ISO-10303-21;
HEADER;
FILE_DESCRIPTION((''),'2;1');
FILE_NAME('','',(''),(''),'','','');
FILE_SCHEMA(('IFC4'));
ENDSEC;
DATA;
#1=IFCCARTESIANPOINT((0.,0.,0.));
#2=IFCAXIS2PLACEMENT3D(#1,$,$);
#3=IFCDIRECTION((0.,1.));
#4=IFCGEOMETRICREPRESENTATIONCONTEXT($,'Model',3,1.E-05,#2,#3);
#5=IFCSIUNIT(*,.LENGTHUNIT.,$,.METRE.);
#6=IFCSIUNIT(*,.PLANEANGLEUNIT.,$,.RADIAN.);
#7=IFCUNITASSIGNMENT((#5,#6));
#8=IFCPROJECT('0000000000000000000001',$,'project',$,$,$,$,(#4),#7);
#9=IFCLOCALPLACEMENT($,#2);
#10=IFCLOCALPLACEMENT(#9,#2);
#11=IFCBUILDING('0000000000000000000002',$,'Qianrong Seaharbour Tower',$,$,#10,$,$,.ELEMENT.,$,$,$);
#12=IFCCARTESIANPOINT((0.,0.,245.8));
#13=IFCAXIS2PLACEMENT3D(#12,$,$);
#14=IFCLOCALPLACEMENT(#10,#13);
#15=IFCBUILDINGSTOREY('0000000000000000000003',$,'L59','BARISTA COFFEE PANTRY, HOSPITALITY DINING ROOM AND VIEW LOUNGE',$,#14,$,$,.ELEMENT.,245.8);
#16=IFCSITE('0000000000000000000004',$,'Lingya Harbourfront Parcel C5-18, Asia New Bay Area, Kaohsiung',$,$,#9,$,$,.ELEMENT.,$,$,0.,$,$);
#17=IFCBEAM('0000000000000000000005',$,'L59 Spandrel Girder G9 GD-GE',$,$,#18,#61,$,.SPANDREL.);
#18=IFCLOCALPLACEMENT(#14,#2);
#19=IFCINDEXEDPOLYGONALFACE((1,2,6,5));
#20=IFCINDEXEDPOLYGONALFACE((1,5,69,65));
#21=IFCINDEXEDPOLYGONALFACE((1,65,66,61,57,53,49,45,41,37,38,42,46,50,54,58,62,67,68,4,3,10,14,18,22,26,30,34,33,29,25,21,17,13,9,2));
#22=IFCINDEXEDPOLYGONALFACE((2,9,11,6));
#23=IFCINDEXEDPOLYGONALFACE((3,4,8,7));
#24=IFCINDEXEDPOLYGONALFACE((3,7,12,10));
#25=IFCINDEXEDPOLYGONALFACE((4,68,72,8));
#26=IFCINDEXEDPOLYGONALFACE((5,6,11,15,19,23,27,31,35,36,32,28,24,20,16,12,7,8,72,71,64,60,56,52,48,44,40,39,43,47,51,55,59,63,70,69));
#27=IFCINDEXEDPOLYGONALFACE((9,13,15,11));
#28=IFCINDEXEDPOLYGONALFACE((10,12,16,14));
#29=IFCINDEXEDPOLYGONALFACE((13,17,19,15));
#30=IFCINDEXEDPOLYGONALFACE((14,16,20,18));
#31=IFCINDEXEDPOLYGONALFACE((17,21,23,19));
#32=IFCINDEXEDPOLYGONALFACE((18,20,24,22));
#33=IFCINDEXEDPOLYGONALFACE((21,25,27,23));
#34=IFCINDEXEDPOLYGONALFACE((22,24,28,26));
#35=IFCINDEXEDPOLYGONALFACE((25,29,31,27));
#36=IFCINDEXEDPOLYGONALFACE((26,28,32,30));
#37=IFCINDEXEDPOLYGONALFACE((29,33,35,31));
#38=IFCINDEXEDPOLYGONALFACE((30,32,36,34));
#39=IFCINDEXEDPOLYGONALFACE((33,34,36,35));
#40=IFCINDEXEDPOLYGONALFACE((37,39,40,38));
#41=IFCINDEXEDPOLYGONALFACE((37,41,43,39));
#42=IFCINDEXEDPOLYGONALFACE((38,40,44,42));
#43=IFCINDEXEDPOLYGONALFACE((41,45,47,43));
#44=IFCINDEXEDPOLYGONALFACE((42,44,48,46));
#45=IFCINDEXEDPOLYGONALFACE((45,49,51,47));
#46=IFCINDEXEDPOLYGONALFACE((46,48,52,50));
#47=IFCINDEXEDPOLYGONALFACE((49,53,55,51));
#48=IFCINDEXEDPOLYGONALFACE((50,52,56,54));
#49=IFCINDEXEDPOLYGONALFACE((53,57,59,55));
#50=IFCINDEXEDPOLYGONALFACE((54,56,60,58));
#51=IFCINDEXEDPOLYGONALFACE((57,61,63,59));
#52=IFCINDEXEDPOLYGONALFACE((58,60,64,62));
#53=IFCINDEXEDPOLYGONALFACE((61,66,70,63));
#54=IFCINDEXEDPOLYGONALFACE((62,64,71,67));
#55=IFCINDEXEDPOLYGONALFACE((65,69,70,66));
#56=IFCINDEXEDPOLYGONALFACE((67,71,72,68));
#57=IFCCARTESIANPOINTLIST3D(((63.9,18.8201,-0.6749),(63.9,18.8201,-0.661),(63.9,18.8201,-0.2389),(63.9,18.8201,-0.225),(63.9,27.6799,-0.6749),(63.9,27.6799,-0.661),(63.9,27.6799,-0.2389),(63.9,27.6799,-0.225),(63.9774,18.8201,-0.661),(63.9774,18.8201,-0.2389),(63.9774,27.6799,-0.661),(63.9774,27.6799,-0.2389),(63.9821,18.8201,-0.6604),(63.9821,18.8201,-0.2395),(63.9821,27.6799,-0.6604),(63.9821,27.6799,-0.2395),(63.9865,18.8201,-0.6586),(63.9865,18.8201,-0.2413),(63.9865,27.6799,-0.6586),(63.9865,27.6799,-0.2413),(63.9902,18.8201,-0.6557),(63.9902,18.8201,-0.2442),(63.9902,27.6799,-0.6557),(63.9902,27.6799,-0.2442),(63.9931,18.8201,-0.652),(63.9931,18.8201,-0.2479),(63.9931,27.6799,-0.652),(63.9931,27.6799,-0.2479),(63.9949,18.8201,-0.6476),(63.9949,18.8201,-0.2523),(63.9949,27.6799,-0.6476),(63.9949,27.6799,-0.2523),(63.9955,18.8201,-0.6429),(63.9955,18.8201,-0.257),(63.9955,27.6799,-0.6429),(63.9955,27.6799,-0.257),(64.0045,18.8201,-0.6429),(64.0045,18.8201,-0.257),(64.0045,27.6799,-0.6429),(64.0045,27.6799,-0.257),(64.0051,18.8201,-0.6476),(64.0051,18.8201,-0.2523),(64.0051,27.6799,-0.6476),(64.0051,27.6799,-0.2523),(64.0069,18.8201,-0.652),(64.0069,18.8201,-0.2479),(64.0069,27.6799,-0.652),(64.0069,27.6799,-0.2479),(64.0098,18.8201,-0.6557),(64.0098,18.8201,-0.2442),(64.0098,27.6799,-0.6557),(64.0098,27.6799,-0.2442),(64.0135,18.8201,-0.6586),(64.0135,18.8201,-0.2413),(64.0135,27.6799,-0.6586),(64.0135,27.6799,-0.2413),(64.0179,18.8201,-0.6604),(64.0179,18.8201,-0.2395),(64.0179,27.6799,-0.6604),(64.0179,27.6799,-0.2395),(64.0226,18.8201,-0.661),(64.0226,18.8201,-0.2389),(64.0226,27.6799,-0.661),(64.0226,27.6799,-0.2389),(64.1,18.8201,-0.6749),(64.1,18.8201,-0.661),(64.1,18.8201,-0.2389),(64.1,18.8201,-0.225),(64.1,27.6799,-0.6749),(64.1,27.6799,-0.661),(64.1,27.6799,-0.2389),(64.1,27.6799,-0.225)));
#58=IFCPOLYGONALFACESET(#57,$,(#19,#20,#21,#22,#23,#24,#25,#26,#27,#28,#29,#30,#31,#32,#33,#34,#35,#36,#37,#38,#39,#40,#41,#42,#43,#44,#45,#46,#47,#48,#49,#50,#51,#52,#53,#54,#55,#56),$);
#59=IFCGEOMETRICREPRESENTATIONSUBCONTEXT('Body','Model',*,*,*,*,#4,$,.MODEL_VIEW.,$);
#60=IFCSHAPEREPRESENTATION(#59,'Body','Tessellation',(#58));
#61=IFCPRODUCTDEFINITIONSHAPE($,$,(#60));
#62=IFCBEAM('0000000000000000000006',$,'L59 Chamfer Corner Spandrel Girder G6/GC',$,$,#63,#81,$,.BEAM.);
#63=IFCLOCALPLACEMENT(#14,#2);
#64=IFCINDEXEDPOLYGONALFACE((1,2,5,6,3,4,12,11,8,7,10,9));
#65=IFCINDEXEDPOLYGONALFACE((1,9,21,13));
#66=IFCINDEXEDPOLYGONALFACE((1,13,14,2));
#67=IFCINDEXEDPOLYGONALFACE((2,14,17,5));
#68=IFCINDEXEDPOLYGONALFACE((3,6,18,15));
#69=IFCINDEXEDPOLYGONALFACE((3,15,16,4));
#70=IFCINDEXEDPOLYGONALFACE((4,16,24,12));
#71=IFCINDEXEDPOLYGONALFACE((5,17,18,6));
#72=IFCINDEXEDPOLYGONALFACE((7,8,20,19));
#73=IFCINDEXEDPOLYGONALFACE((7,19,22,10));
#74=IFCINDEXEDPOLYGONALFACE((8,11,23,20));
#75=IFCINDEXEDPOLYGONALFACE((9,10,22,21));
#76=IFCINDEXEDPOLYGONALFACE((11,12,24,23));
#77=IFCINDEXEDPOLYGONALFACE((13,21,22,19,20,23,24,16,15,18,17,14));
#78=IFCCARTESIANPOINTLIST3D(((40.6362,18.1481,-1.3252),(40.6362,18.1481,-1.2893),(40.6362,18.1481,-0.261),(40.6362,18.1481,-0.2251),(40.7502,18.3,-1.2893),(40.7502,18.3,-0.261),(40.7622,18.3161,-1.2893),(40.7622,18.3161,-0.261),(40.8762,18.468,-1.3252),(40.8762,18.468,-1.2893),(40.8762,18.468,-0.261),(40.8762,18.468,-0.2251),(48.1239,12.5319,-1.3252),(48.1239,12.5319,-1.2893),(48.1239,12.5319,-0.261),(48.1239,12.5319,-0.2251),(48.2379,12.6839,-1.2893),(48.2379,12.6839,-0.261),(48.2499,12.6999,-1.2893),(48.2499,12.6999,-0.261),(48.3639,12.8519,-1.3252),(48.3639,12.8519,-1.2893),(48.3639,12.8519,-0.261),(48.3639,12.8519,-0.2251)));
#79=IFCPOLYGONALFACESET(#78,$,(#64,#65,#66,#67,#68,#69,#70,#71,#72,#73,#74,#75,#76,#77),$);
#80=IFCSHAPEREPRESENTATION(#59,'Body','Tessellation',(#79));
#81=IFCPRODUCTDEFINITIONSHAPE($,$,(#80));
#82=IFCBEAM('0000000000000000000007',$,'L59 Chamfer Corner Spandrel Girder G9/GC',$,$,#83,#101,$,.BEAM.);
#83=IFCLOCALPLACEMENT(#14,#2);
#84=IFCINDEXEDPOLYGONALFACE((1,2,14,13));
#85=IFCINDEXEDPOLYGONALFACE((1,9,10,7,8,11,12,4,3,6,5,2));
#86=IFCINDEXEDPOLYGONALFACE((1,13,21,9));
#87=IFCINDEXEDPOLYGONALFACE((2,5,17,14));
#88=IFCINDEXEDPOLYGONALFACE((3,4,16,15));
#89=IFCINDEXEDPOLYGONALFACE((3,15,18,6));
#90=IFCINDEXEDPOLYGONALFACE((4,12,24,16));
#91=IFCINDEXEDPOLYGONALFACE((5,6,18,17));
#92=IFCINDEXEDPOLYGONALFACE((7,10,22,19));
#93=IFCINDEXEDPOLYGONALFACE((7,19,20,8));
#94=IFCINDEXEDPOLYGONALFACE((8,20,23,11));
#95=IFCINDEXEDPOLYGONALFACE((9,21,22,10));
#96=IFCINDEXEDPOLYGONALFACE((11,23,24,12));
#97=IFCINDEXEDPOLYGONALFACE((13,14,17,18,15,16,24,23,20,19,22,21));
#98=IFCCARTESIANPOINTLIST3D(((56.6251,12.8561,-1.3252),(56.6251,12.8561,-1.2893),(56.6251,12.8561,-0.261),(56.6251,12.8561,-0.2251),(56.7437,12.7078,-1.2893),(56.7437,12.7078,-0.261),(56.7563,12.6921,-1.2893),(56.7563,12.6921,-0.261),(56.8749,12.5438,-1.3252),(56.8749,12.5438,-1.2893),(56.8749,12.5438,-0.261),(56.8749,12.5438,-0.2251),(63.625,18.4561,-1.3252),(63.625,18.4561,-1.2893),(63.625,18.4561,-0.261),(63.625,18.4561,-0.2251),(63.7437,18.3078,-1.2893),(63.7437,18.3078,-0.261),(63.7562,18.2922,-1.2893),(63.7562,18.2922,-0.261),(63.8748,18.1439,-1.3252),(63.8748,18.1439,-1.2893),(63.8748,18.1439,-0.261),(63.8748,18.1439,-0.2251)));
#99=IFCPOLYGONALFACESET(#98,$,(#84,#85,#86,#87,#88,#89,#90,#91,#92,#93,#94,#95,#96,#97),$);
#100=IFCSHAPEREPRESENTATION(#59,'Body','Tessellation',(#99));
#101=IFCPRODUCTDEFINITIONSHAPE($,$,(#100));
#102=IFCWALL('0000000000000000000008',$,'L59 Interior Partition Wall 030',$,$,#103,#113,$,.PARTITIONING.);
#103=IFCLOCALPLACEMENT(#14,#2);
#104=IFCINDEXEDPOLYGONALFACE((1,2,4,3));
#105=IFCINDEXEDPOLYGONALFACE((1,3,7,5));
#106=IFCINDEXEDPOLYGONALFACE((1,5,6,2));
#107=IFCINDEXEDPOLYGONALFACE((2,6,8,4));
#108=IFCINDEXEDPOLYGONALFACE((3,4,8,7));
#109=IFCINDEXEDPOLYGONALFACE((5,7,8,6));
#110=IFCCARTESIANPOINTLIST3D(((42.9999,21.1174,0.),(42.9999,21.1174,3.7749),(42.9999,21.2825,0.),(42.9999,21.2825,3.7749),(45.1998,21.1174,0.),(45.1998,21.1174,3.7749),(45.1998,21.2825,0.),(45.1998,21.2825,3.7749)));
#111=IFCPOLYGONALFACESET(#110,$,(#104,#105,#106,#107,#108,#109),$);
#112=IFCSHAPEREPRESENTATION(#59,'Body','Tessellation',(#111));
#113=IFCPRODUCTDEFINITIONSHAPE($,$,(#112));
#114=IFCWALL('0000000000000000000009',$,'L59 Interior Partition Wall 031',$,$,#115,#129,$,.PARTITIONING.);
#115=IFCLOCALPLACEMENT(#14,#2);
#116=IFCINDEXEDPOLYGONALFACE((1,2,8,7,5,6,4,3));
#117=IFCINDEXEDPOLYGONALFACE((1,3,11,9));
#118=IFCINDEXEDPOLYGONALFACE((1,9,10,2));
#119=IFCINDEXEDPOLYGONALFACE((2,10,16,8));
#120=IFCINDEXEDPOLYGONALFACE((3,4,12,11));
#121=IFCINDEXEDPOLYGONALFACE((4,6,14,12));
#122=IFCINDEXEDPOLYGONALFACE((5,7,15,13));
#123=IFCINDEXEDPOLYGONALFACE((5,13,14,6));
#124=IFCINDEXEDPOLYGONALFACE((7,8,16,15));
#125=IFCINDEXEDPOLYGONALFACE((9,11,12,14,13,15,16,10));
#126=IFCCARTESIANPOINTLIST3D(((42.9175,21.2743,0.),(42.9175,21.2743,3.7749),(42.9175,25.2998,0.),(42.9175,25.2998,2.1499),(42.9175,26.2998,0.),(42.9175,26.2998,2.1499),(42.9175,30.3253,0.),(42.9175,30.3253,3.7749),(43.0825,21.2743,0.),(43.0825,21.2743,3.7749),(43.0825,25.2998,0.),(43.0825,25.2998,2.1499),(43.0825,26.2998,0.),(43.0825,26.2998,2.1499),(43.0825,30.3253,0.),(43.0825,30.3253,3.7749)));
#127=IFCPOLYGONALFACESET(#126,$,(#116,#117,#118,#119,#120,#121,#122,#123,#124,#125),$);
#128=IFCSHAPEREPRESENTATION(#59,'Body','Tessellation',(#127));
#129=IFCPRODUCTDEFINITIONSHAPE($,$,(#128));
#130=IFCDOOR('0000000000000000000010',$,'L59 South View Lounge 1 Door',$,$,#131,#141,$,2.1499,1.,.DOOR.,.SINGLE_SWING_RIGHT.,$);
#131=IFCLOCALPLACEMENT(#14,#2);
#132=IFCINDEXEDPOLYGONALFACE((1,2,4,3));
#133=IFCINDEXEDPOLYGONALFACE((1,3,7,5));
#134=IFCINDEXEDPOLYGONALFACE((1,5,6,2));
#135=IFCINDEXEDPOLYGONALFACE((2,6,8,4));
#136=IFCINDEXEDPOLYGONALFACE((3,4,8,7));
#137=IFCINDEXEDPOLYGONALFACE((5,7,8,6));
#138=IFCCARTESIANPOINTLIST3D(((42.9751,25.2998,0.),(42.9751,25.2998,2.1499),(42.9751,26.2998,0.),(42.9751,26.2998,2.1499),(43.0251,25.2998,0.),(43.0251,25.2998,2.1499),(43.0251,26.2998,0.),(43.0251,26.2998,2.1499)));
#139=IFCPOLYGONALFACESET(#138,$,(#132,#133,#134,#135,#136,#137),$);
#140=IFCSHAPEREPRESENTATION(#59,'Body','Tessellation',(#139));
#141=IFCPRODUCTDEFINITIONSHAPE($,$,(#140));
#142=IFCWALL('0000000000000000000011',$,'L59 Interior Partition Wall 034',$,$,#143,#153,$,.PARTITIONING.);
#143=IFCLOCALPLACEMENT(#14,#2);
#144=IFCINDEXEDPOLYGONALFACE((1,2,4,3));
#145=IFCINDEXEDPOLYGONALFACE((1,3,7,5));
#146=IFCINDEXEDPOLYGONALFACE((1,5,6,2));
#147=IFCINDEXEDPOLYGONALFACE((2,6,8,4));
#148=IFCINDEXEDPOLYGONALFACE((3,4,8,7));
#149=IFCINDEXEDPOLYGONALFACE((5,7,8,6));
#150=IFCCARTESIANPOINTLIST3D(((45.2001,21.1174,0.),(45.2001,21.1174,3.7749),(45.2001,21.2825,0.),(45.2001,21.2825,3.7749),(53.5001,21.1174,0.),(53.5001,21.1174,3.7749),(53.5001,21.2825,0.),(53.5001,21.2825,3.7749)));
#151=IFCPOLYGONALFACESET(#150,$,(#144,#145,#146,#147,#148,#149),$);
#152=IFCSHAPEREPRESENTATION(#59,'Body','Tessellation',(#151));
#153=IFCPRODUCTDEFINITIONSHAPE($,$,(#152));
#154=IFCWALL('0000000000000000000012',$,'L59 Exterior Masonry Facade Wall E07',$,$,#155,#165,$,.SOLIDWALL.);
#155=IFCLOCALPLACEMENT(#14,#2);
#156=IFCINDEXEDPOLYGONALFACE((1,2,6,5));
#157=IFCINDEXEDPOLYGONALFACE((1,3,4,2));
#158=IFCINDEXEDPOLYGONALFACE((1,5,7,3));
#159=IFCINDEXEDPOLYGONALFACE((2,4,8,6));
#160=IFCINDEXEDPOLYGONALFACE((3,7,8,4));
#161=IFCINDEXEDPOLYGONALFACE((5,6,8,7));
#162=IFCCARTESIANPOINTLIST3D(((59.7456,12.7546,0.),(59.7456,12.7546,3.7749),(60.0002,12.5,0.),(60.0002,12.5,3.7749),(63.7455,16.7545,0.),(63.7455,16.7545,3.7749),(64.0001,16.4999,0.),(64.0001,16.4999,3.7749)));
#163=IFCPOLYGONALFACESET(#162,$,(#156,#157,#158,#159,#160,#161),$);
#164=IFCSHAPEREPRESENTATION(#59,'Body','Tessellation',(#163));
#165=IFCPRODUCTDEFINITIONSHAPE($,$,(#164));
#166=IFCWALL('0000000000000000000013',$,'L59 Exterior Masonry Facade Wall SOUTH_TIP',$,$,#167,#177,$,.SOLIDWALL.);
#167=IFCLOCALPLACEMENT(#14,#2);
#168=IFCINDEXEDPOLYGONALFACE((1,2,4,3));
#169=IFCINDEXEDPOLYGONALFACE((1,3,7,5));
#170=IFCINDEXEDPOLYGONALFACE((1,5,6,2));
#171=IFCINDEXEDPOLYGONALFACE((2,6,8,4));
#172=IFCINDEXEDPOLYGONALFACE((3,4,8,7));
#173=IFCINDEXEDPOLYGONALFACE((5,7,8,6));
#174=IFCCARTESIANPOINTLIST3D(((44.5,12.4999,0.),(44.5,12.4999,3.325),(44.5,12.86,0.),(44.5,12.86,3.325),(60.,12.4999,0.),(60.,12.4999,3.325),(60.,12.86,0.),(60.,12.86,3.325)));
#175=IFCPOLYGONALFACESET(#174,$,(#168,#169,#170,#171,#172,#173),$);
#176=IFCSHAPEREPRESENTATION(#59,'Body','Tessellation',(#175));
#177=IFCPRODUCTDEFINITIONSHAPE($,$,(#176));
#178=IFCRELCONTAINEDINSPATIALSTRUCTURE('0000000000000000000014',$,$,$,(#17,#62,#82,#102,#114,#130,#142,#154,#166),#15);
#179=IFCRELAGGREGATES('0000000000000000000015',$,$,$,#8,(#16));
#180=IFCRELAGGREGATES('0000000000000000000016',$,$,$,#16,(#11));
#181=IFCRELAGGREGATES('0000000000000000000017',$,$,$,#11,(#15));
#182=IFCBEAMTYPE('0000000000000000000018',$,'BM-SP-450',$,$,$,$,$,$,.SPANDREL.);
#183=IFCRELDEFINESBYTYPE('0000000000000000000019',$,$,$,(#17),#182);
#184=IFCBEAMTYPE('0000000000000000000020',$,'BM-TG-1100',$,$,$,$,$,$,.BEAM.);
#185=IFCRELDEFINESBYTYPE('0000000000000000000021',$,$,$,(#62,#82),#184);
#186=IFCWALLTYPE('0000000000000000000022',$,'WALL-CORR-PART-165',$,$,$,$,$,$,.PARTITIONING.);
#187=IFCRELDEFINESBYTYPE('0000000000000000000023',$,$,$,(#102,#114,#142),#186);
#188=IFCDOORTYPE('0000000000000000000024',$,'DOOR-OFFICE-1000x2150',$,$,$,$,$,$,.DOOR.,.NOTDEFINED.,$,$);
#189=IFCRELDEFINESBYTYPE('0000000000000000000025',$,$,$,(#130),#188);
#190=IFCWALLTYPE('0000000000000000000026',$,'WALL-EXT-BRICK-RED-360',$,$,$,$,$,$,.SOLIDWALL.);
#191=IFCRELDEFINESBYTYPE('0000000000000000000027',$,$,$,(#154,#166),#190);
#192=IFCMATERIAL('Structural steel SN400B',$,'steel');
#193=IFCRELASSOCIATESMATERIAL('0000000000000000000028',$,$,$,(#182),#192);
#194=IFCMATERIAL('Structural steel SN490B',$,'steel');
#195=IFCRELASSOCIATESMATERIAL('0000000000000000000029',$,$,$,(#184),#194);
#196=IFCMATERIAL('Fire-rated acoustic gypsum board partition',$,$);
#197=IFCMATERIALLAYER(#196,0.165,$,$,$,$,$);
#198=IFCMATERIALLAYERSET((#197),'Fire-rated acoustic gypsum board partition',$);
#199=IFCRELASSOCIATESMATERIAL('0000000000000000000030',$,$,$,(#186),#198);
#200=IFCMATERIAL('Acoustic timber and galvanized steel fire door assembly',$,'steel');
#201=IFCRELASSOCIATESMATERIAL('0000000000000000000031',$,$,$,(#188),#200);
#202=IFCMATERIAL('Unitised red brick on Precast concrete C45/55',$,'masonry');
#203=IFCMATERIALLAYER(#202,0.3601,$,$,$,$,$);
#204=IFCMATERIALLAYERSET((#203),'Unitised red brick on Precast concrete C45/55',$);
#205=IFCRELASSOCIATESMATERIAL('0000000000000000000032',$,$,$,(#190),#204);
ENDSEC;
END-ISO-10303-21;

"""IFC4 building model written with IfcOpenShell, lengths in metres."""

from ifc_helpers import new_model, si_unit, direction, frame, frame_2d, origin, origin_2d, place, context, subcontext, project, spatial, rectangle, i_section, extrude, material, layer, layer_set, material_profile, profile_set, type_object, element, fill, save


model = new_model("IFC4")

# Units and contexts
model_context = context("Model", 3, precision=1e-05, world=origin(), true_north=direction((0.0, 1.0)))
body_context = subcontext(model_context, "Body", "Model", "MODEL_VIEW")
ifc_project = project(units=[si_unit("LENGTHUNIT", "METRE"), si_unit("PLANEANGLEUNIT", "RADIAN")], contexts=[model_context])

# Site, building, storey
site_placement = place(None, origin())
site = spatial("IfcSite", under=ifc_project, at=site_placement, Name="Lingya Harbourfront Parcel C5-18, Asia New Bay Area, Kaohsiung", CompositionType="ELEMENT", RefElevation=0.0)
building_placement = place(site_placement, origin())
building = spatial("IfcBuilding", under=site, at=building_placement, Name="Qianrong Seaharbour Tower", CompositionType="ELEMENT")
storey_placement = place(building_placement, frame((0.0, 0.0, 245.8)))
storey = spatial("IfcBuildingStorey", under=building, at=storey_placement, Name="L59", Description="BARISTA COFFEE PANTRY, HOSPITALITY DINING ROOM AND VIEW LOUNGE", CompositionType="ELEMENT", Elevation=245.8)

# Shared definitions
ifc_material_1 = material(Name="Structural steel SN490B", Category="steel")

# Beams
ifc_material_2 = material(Name="Structural steel SN400B", Category="steel")
ifc_material_profile_1 = material_profile(ifc_material_2, i_section(OverallWidth=0.2, OverallDepth=0.45, WebThickness=0.009, FlangeThickness=0.0139, FilletRadius=0.0181, at=origin_2d()), Name="H450x200x9x14")
ifc_profile_set_1 = profile_set([ifc_material_profile_1], Name="Structural steel SN400B")
beam_type_1 = type_object("IfcBeamType", Name="BM-SP-450", PredefinedType="SPANDREL", material=ifc_profile_set_1)
beam_1_placement = place(storey_placement, frame((64.0, 18.8201, -0.45), z_axis=(0.0, 1.0, 0.0), x_axis=(-1.0, 0.0, 0.0)))
element("IfcBeam", 1, at=beam_1_placement, inside=storey, type_object=beam_type_1, Name="L59 Spandrel Girder G9 GD-GE", PredefinedType="SPANDREL", context=body_context, shape_type="SweptSolid", body=[
    extrude(i_section(OverallWidth=0.2, OverallDepth=0.45, WebThickness=0.009, FlangeThickness=0.0139, FilletRadius=0.0181, at=origin_2d()), origin(), (0.0, 0.0, 1.0), 8.8599),
])
ifc_material_profile_2 = material_profile(ifc_material_1, i_section(OverallWidth=0.3999, OverallDepth=1.1001, WebThickness=0.02, FlangeThickness=0.0359, at=origin_2d()), Name="BH1100x400x20x36")
ifc_profile_set_2 = profile_set([ifc_material_profile_2], Name="Structural steel SN490B")
beam_type_2 = type_object("IfcBeamType", Name="BM-TG-1100", PredefinedType="BEAM", material=ifc_profile_set_2)
beam_2_placement = place(storey_placement, frame((48.2439, 12.6919, -0.7751), z_axis=(-0.799981, 0.600025, 0.0), x_axis=(-0.600025, -0.799981, 0.0)))
element("IfcBeam", 2, at=beam_2_placement, inside=storey, type_object=beam_type_2, Name="L59 Chamfer Corner Spandrel Girder G6/GC", PredefinedType="BEAM", context=body_context, shape_type="SweptSolid", body=[
    extrude(i_section(OverallWidth=0.3999, OverallDepth=1.1001, WebThickness=0.02, FlangeThickness=0.0359, at=origin_2d()), origin(), (0.0, 0.0, 1.0), 9.3599),
])
beam_3_placement = place(storey_placement, frame((56.75, 12.7, -0.7751), z_axis=(0.780863, 0.624702, 0.0), x_axis=(-0.624702, 0.780863, 0.0)))
element("IfcBeam", 3, at=beam_3_placement, inside=storey, type_object=beam_type_2, Name="L59 Chamfer Corner Spandrel Girder G9/GC", PredefinedType="BEAM", context=body_context, shape_type="SweptSolid", body=[
    extrude(i_section(OverallWidth=0.3999, OverallDepth=1.1001, WebThickness=0.02, FlangeThickness=0.0359, at=origin_2d()), origin(), (0.0, 0.0, 1.0), 8.9644),
])

# Wall
ifc_material_3 = material(Name="Fire-rated acoustic gypsum board partition")
ifc_layer_1 = layer(ifc_material_3, 0.165)
ifc_layer_set_1 = layer_set([ifc_layer_1], Name="Fire-rated acoustic gypsum board partition")
wall_type_1 = type_object("IfcWallType", Name="WALL-CORR-PART-165", PredefinedType="PARTITIONING", material=ifc_layer_set_1)
wall_1_placement = place(storey_placement, frame((45.2, 21.2, 0.0), z_axis=(0.0, 0.0, 1.0), x_axis=(-1.0, 0.0, 0.0)))
element("IfcWall", 4, at=wall_1_placement, inside=storey, type_object=wall_type_1, Name="L59 Interior Partition Wall 030", PredefinedType="PARTITIONING", context=body_context, shape_type="SweptSolid", body=[
    extrude(rectangle(XDim=2.2, YDim=0.165, at=frame_2d((1.1001, 0.0))), origin(), (0.0, 0.0, 1.0), 3.7749),
])

# Wall, opening, door
wall_2_placement = place(storey_placement, frame((43.0, 21.2744, 0.0), z_axis=(0.0, 0.0, 1.0), x_axis=(0.0, 1.0, 0.0)))
wall_2 = element("IfcWall", 5, at=wall_2_placement, inside=storey, type_object=wall_type_1, Name="L59 Interior Partition Wall 031", PredefinedType="PARTITIONING", context=body_context, shape_type="SweptSolid", body=[
    extrude(rectangle(XDim=9.051, YDim=0.165, at=frame_2d((4.5254, 0.0))), origin(), (0.0, 0.0, 1.0), 3.7749),
])
opening_1_placement = place(wall_2_placement, frame((4.0254, 0.0, 0.0)))
opening_1 = element("IfcOpeningElement", 6, at=opening_1_placement, cuts=wall_2, PredefinedType="OPENING", context=body_context, shape_type="SweptSolid", body=[
    extrude(rectangle(XDim=1.0, YDim=2.1499, at=frame_2d((0.5, 1.075))), frame((0.0, 0.0925, 0.0), z_axis=(0.0, -1.0, 0.0), x_axis=(1.0, 0.0, 0.0)), (0.0, 0.0, 1.0), 0.1851),
])
ifc_material_4 = material(Name="Acoustic timber and galvanized steel fire door assembly", Category="steel")
door_type = type_object("IfcDoorType", Name="DOOR-OFFICE-1000x2150", OperationType="NOTDEFINED", PredefinedType="DOOR", material=ifc_material_4)
door_1_placement = place(opening_1_placement, origin())
door_1 = element("IfcDoor", 7, at=door_1_placement, inside=storey, type_object=door_type, Name="L59 South View Lounge 1 Door", OperationType="SINGLE_SWING_RIGHT", OverallHeight=2.1499, OverallWidth=1.0, PredefinedType="DOOR", context=body_context, shape_type="SweptSolid", body=[
    extrude(rectangle(XDim=1.0, YDim=2.1499, at=frame_2d((0.5, 1.075))), frame((0.0, 0.0249, 0.0), z_axis=(0.0, -1.0, 0.0), x_axis=(1.0, 0.0, 0.0)), (0.0, 0.0, 1.0), 0.05),
])
fill(opening_1, door_1)

# Walls
wall_3_placement = place(storey_placement, frame((53.5, 21.2, 0.0), z_axis=(0.0, 0.0, 1.0), x_axis=(-1.0, 0.0, 0.0)))
element("IfcWall", 8, at=wall_3_placement, inside=storey, type_object=wall_type_1, Name="L59 Interior Partition Wall 034", PredefinedType="PARTITIONING", context=body_context, shape_type="SweptSolid", body=[
    extrude(rectangle(XDim=8.3, YDim=0.165, at=frame_2d((4.1499, 0.0))), origin(), (0.0, 0.0, 1.0), 3.7749),
])
ifc_material_5 = material(Name="Unitised red brick on Precast concrete C45/55", Category="masonry")
ifc_layer_2 = layer(ifc_material_5, 0.3601)
ifc_layer_set_2 = layer_set([ifc_layer_2], Name="Unitised red brick on Precast concrete C45/55")
wall_type_2 = type_object("IfcWallType", Name="WALL-EXT-BRICK-RED-360", PredefinedType="SOLIDWALL", material=ifc_layer_set_2)
wall_4_placement = place(storey_placement, frame((63.8728, 16.6272, 0.0), z_axis=(0.0, 0.0, 1.0), x_axis=(-0.707107, -0.707107, 0.0)))
element("IfcWall", 9, at=wall_4_placement, inside=storey, type_object=wall_type_2, Name="L59 Exterior Masonry Facade Wall E07", PredefinedType="SOLIDWALL", context=body_context, shape_type="SweptSolid", body=[
    extrude(rectangle(XDim=5.6567, YDim=0.3601, at=frame_2d((2.8284, 0.0))), origin(), (0.0, 0.0, 1.0), 3.7749),
])
wall_5_placement = place(storey_placement, frame((60.0, 12.6799, 0.0), z_axis=(0.0, 0.0, 1.0), x_axis=(-1.0, 0.0, 0.0)))
element("IfcWall", 10, at=wall_5_placement, inside=storey, type_object=wall_type_2, Name="L59 Exterior Masonry Facade Wall SOUTH_TIP", PredefinedType="SOLIDWALL", context=body_context, shape_type="SweptSolid", body=[
    extrude(rectangle(XDim=15.5, YDim=0.3601, at=frame_2d((7.75, 0.0))), origin(), (0.0, 0.0, 1.0), 3.325),
])

save(model, "model.ifc")
